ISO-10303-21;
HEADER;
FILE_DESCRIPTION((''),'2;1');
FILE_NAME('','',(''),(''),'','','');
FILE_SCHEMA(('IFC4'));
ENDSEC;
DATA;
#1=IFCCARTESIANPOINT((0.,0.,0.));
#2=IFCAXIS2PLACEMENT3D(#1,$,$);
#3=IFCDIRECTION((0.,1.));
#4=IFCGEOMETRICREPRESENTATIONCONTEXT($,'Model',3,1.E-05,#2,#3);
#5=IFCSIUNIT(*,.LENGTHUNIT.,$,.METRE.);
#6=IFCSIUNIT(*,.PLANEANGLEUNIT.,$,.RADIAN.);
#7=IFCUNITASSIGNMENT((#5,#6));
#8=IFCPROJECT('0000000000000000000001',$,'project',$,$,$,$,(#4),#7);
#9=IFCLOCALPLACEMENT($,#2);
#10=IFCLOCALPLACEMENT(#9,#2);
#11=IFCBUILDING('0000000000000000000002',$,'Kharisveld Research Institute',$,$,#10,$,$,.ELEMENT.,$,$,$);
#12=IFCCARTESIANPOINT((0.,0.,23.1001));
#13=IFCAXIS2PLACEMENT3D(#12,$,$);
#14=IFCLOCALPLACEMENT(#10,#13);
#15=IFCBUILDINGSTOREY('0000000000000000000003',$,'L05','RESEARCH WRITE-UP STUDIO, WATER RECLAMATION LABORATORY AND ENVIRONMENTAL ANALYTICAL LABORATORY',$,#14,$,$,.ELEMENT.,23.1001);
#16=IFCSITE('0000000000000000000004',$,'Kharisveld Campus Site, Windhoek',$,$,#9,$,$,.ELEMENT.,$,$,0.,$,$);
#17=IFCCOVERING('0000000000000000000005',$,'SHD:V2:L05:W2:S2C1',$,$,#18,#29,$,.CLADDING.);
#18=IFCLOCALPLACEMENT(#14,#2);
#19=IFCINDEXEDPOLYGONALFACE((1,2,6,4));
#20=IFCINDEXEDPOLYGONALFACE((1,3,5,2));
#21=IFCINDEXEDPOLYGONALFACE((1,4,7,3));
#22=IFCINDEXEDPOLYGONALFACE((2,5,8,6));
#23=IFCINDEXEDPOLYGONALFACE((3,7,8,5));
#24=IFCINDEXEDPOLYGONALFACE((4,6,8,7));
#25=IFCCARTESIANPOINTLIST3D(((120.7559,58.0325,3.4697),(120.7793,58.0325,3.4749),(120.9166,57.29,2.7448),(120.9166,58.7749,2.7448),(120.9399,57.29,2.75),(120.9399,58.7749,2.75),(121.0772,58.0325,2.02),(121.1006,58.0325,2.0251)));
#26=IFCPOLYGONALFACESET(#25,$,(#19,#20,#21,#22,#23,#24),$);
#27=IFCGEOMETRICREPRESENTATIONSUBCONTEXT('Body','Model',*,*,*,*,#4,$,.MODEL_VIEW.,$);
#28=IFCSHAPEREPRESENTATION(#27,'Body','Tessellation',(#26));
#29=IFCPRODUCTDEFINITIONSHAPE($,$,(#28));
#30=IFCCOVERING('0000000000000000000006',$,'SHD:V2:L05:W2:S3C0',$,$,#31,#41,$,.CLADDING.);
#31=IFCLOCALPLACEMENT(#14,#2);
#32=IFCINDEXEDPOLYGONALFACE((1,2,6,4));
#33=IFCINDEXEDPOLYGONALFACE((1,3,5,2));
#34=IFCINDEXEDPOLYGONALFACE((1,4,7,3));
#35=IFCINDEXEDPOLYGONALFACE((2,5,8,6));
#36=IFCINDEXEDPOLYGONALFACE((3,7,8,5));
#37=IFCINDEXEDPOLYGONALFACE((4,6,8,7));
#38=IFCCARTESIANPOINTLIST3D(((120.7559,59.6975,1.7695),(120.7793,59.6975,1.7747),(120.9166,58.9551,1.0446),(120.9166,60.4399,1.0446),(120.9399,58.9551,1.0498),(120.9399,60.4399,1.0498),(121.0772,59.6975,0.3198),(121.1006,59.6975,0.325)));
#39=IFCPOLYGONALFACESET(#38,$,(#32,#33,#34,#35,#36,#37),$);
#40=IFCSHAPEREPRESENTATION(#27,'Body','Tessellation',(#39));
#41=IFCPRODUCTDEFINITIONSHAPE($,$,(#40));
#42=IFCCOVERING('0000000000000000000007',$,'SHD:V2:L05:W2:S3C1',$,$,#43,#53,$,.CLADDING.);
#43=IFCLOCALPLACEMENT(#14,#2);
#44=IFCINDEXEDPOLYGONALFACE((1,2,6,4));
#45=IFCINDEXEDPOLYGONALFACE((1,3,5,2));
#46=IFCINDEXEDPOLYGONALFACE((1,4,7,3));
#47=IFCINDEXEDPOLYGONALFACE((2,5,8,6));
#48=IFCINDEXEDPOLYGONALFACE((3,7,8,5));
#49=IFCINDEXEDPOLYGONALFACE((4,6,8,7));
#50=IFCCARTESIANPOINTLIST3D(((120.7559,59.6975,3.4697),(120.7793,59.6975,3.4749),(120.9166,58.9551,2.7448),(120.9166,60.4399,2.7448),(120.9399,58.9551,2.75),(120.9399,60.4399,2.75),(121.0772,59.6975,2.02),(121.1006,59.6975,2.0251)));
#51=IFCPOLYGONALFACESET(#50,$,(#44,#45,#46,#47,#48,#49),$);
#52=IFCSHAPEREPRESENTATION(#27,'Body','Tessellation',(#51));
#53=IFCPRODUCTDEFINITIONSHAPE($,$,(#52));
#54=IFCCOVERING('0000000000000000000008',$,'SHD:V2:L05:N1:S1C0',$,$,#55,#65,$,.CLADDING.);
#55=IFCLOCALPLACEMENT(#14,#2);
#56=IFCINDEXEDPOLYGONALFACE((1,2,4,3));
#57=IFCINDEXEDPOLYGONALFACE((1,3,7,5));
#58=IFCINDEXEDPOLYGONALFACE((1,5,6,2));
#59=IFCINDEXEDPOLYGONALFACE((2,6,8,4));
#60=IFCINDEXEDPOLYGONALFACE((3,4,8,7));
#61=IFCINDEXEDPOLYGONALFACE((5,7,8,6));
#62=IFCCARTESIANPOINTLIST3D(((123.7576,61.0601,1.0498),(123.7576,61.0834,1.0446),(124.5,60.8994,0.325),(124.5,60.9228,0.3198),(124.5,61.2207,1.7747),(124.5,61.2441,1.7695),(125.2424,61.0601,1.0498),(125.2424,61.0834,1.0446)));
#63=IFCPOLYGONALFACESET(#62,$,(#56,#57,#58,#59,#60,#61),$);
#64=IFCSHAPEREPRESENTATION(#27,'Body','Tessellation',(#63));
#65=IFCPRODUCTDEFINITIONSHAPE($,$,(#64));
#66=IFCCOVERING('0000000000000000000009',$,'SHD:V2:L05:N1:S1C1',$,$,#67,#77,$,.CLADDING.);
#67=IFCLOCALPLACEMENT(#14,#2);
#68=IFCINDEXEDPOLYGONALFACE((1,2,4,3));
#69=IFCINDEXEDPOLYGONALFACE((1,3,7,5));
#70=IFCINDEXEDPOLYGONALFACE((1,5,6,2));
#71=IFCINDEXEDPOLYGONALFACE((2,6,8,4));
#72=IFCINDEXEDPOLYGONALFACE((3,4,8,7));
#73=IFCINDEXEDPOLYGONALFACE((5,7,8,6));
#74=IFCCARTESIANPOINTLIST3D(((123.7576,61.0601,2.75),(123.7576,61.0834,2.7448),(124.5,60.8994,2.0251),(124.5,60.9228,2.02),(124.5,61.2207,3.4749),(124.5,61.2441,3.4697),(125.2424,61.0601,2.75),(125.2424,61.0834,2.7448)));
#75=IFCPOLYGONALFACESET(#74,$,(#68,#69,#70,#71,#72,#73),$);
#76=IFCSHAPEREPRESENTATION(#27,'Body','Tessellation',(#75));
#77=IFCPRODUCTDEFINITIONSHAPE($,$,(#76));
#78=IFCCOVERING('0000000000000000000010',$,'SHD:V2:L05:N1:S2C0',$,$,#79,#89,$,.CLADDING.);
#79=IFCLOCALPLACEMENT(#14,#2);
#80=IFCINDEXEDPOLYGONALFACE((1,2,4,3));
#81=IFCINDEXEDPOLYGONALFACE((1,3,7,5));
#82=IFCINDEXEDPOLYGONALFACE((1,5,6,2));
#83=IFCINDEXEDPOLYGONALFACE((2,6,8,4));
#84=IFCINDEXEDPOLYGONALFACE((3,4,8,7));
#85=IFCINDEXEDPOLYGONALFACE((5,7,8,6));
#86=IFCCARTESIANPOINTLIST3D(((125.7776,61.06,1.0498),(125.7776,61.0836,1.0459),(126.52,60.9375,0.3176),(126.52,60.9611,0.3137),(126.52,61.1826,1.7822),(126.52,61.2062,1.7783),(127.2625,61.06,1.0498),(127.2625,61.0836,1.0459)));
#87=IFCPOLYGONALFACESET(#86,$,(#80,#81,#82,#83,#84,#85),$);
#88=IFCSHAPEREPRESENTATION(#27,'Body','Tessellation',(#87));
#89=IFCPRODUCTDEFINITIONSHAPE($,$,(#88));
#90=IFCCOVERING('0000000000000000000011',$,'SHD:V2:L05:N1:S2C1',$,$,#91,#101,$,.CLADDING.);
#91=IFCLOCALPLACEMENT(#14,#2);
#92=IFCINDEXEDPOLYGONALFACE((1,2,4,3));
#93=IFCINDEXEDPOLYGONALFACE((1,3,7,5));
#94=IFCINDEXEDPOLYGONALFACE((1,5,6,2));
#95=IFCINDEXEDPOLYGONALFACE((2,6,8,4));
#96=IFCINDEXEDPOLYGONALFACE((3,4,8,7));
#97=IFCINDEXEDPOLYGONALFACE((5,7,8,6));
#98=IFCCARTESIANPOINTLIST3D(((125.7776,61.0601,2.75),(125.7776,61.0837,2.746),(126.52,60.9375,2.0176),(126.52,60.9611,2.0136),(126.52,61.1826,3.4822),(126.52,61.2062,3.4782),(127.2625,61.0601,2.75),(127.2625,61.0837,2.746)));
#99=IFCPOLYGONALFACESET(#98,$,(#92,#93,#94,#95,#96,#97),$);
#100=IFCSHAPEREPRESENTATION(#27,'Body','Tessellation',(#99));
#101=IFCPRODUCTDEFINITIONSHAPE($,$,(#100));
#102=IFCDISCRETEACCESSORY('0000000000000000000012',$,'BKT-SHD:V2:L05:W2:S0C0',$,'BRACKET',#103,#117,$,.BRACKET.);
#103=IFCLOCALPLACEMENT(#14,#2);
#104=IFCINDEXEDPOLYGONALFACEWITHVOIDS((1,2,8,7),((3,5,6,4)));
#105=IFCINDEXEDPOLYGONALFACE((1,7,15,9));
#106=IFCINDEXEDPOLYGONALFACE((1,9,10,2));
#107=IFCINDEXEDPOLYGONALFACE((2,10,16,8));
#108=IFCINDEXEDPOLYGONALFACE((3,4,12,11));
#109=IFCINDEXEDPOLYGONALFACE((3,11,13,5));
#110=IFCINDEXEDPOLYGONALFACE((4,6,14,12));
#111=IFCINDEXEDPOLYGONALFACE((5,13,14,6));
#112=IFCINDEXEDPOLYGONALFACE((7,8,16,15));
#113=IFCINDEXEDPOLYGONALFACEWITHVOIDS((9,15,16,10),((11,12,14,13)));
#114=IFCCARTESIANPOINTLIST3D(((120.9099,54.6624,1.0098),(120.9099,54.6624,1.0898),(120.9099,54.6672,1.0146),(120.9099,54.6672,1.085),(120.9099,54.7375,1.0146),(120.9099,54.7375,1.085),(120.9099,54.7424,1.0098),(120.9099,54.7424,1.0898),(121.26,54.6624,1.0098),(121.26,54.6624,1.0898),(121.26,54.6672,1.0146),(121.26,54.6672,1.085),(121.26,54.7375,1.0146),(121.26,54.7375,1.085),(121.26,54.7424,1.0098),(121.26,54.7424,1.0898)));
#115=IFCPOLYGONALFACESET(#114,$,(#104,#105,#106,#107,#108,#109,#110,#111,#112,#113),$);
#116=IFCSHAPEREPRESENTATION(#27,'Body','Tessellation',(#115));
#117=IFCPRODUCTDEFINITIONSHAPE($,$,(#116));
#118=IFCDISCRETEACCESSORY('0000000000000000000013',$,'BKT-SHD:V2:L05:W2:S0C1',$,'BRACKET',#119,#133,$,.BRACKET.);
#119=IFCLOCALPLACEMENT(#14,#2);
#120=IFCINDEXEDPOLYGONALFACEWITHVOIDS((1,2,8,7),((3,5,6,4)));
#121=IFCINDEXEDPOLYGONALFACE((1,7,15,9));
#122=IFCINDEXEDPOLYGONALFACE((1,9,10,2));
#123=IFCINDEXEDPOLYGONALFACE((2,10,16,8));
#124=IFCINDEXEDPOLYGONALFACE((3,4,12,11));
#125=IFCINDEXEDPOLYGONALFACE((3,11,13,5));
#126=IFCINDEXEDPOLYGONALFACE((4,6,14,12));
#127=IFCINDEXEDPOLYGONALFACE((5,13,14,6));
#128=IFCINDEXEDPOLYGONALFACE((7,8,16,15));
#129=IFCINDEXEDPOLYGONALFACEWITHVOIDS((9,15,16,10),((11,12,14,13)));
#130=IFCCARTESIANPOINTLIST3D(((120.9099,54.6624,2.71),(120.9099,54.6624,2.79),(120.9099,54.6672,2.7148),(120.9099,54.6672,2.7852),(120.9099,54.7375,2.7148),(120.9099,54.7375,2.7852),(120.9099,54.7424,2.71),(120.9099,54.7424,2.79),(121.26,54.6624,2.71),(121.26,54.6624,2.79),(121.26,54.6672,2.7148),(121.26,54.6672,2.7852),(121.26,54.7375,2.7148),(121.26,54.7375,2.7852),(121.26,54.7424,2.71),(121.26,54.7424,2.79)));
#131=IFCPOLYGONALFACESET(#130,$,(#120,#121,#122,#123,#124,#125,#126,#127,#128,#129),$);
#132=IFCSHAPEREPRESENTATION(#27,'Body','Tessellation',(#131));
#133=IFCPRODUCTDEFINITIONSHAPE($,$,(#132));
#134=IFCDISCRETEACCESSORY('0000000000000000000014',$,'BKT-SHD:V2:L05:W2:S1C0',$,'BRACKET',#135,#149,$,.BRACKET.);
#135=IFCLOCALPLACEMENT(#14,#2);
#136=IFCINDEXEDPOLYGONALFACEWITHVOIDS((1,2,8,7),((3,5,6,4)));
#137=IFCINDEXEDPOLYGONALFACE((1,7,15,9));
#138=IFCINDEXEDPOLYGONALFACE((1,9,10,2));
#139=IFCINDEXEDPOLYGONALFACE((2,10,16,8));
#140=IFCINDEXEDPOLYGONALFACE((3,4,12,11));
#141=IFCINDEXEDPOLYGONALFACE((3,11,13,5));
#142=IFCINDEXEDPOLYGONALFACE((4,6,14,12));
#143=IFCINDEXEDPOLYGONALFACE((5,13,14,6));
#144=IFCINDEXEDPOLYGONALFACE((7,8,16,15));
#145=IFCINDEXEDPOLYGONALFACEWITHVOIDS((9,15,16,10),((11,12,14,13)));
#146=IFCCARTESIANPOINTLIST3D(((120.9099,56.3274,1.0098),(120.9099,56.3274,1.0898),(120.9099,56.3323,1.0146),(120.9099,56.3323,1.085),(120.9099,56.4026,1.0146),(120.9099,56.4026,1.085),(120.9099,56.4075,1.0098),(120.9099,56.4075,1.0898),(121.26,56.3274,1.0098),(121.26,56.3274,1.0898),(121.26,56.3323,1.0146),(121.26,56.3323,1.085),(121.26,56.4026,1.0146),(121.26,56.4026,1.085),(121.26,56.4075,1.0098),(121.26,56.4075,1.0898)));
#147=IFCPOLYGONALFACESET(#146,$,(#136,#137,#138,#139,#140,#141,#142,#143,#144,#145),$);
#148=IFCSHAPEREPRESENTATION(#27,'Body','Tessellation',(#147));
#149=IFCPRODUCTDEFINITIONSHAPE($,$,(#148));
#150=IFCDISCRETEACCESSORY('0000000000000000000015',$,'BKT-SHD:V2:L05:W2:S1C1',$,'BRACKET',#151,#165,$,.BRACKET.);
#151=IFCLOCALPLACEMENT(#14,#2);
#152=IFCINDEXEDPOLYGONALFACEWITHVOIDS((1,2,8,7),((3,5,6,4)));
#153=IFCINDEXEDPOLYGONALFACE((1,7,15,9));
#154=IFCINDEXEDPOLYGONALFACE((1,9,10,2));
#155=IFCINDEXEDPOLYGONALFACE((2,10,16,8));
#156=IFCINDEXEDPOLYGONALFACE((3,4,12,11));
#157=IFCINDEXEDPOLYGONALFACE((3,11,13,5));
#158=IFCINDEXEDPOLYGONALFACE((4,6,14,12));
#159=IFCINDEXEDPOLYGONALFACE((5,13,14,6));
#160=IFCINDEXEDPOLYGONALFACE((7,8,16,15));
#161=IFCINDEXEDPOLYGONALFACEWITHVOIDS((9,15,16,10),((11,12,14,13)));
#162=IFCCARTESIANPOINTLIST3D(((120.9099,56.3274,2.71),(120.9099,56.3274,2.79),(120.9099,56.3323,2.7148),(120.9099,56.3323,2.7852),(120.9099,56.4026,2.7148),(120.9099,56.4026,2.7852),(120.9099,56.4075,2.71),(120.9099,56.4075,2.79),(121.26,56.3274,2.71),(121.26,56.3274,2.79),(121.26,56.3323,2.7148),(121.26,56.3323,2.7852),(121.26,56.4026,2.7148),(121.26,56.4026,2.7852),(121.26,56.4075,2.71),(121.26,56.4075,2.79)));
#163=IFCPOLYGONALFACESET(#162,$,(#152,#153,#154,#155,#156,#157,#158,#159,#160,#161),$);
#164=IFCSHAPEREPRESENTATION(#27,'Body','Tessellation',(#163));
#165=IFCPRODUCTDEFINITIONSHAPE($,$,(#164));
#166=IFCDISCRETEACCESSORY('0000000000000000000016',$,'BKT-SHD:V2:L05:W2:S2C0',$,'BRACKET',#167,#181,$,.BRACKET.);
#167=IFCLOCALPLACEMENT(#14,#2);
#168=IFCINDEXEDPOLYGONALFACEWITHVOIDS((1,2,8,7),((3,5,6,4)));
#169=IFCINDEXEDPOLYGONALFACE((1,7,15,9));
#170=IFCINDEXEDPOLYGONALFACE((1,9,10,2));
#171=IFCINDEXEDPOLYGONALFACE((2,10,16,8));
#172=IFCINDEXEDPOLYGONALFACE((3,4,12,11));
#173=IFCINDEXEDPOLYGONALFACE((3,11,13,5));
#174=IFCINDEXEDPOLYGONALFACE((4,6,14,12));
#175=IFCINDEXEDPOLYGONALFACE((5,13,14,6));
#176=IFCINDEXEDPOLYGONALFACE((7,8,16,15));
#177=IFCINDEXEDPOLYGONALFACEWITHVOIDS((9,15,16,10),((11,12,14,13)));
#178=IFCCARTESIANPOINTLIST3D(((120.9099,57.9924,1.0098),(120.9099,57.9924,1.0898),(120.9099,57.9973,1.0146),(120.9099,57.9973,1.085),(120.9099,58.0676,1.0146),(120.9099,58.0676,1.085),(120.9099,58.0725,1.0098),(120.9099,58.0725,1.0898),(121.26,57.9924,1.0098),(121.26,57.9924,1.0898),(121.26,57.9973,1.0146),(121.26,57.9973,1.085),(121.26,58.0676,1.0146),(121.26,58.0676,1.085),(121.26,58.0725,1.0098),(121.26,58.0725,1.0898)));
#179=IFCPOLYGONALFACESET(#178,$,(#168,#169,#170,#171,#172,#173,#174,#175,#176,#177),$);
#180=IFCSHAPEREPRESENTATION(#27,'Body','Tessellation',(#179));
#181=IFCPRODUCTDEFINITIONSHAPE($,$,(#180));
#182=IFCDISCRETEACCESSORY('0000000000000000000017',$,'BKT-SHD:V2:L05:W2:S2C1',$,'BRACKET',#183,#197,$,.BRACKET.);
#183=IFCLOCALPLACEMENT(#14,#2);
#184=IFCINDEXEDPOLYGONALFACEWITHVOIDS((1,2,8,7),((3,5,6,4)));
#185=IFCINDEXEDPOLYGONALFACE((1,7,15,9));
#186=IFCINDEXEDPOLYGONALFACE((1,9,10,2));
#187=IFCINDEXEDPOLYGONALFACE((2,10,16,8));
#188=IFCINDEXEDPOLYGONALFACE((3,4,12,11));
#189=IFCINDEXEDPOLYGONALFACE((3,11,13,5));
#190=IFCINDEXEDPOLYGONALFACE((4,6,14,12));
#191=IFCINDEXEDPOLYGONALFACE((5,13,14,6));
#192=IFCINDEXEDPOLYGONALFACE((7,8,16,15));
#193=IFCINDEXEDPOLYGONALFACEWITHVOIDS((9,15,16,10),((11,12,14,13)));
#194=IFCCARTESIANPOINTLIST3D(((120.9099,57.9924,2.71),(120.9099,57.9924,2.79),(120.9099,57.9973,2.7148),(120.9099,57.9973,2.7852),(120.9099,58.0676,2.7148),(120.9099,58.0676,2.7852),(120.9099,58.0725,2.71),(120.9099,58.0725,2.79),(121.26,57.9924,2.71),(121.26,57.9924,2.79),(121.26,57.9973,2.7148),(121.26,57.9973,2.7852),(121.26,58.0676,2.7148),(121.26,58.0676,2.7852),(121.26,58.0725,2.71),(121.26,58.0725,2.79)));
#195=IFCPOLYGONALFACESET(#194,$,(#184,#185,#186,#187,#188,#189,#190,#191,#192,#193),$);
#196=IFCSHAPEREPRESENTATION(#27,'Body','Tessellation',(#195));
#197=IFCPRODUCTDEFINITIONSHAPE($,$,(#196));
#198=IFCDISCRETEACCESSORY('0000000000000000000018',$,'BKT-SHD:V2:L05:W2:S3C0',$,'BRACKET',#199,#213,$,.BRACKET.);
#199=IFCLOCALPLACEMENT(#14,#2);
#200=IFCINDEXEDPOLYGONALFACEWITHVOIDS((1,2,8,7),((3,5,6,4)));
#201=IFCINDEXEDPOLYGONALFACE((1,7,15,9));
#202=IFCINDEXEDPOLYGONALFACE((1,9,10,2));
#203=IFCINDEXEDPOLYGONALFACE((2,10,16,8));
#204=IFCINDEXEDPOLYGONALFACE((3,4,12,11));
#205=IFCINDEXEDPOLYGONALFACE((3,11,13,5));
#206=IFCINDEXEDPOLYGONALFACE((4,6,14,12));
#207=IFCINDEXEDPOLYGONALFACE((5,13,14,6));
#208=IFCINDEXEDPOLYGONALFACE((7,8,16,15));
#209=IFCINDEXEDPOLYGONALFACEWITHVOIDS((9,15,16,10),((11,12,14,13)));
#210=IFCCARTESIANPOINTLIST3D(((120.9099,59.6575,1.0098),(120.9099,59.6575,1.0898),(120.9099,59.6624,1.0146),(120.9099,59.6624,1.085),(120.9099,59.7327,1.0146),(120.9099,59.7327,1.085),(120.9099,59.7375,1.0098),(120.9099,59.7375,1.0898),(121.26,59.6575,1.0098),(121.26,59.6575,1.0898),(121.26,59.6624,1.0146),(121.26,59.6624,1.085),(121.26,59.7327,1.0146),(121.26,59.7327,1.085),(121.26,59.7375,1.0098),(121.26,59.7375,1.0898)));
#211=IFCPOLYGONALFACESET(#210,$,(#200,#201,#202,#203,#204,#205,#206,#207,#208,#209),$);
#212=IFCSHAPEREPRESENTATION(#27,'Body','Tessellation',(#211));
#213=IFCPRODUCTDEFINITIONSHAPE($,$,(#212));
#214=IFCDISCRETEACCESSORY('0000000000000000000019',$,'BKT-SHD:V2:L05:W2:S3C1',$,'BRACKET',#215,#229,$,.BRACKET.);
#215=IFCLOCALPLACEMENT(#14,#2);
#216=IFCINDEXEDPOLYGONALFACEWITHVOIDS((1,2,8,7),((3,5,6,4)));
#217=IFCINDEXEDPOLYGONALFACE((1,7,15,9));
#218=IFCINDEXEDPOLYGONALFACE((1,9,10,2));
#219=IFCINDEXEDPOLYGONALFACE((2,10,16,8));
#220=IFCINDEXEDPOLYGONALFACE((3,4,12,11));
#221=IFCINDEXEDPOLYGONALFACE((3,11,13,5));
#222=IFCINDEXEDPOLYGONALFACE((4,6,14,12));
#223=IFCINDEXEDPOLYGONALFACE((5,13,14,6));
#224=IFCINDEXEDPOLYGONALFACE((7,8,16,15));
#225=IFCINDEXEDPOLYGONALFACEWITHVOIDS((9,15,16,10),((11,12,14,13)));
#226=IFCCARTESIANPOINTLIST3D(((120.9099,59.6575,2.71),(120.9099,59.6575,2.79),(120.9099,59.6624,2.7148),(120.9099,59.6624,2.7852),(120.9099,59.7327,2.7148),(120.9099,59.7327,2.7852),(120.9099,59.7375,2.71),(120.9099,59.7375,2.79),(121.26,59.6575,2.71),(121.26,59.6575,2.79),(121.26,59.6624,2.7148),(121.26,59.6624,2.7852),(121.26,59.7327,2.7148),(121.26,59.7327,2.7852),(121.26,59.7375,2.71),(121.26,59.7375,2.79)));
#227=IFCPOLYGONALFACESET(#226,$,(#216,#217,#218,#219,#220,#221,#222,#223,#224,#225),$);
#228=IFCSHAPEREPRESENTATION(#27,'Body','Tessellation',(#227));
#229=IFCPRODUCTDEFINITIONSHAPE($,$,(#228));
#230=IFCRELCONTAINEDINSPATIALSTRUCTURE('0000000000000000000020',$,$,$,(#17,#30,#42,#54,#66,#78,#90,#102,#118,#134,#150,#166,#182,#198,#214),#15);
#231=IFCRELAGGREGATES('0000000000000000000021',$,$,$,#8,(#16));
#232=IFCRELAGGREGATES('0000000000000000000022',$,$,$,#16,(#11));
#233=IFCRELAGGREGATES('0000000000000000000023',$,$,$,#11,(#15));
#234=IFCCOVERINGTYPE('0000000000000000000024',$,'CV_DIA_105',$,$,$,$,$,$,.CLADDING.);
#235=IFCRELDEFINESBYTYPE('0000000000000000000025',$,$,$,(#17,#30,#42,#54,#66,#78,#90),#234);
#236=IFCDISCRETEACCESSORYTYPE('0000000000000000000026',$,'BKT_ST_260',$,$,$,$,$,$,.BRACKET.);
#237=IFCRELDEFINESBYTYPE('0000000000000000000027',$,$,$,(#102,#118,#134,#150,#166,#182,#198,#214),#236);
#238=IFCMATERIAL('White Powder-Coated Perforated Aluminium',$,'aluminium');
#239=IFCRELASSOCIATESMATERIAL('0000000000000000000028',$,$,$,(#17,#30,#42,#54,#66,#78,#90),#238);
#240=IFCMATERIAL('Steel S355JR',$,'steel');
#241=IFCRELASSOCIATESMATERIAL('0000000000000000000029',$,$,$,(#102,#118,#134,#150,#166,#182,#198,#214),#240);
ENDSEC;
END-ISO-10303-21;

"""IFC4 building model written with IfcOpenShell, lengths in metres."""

from ifc_helpers import new_model, si_unit, direction, frame, origin, origin_2d, place, context, subcontext, project, spatial, polyline, hollow_rectangle, outline, extrude, material, type_object, element, save


model = new_model("IFC4")

# Units and contexts
model_context = context("Model", 3, precision=1e-05, world=origin(), true_north=direction((0.0, 1.0)))
body_context = subcontext(model_context, "Body", "Model", "MODEL_VIEW")
ifc_project = project(units=[si_unit("LENGTHUNIT", "METRE"), si_unit("PLANEANGLEUNIT", "RADIAN")], contexts=[model_context])

# Site, building, storey
site_placement = place(None, origin())
site = spatial("IfcSite", under=ifc_project, at=site_placement, Name="Kharisveld Campus Site, Windhoek", CompositionType="ELEMENT", RefElevation=0.0)
building_placement = place(site_placement, origin())
building = spatial("IfcBuilding", under=site, at=building_placement, Name="Kharisveld Research Institute", CompositionType="ELEMENT")
storey_placement = place(building_placement, frame((0.0, 0.0, 23.1001)))
storey = spatial("IfcBuildingStorey", under=building, at=storey_placement, Name="L05", Description="RESEARCH WRITE-UP STUDIO, WATER RECLAMATION LABORATORY AND ENVIRONMENTAL ANALYTICAL LABORATORY", CompositionType="ELEMENT", Elevation=23.1001)

# Coverings
ifc_material_1 = material(Name="White Powder-Coated Perforated Aluminium", Category="aluminium")
covering_type = type_object("IfcCoveringType", Name="CV_DIA_105", PredefinedType="CLADDING")
for number, where, z_axis, x_axis, name in (
    (1, (121.1006, 58.0325, 2.0251), (0.976311, 0.0, 0.216373), (-0.153, 0.707102, 0.69036), "SHD:V2:L05:W2:S2C1"),
    (2, (121.1006, 59.6975, 0.325), (0.976311, 0.0, 0.216373), (-0.153, 0.707102, 0.69036), "SHD:V2:L05:W2:S3C0"),
    (3, (121.1006, 59.6975, 2.0251), (0.976311, 0.0, 0.216373), (-0.153, 0.707102, 0.69036), "SHD:V2:L05:W2:S3C1"),
    (4, (124.5, 60.8994, 0.325), (0.0, -0.976311, 0.216373), (0.707102, 0.153, 0.69036), "SHD:V2:L05:N1:S1C0"),
    (5, (124.5, 60.8994, 2.0251), (0.0, -0.976311, 0.216373), (0.707102, 0.153, 0.69036), "SHD:V2:L05:N1:S1C1"),
):
    element("IfcCovering", number, at=place(storey_placement, frame(where, z_axis=z_axis, x_axis=x_axis)), inside=storey, type_object=covering_type, material=ifc_material_1, Name=name, PredefinedType="CLADDING", context=body_context, shape_type="SweptSolid", body=[
        extrude(outline(polyline([(0.0, 0.0), (1.05, 0.0), (1.05, 1.05), (0.0, 1.05), (0.0, 0.0)])), origin(), (0.0, 0.0, -1.0), 0.0239),
    ])
covering_1_placement = place(storey_placement, frame((126.52, 60.9375, 0.3176), z_axis=(0.0, -0.986283, 0.165065), x_axis=(0.707139, 0.116714, 0.697376)))
element("IfcCovering", 6, at=covering_1_placement, inside=storey, type_object=covering_type, material=ifc_material_1, Name="SHD:V2:L05:N1:S2C0", PredefinedType="CLADDING", context=body_context, shape_type="SweptSolid", body=[
    extrude(outline(polyline([(0.0, 0.0), (1.0499, 0.0), (1.05, 1.0501), (-0.0001, 1.0499), (0.0, 0.0)])), origin(), (0.0, 0.0, -1.0), 0.0239),
])
covering_2_placement = place(storey_placement, frame((126.52, 60.9375, 2.0176), z_axis=(0.0, -0.986283, 0.165065), x_axis=(0.707024, 0.116733, 0.697489)))
element("IfcCovering", 7, at=covering_2_placement, inside=storey, type_object=covering_type, material=ifc_material_1, Name="SHD:V2:L05:N1:S2C1", PredefinedType="CLADDING", context=body_context, shape_type="SweptSolid", body=[
    extrude(outline(polyline([(0.0, 0.0), (1.0501, 0.0), (1.0502, 1.0499), (0.0002, 1.0501), (0.0, 0.0)])), origin(), (0.0, 0.0, -1.0), 0.0239),
])

# Discrete accessories
ifc_material_2 = material(Name="Steel S355JR", Category="steel")
discrete_accessory_type = type_object("IfcDiscreteAccessoryType", Name="BKT_ST_260", PredefinedType="BRACKET")
for number, where, z_axis, x_axis, name in (
    (8, (121.26, 54.7024, 1.0498), (-1.0, 0.0, 0.0), (0.0, -1.0, 0.0), "BKT-SHD:V2:L05:W2:S0C0"),
    (9, (121.26, 54.7024, 2.75), (-1.0, 0.0, 0.0), (0.0, -1.0, 0.0), "BKT-SHD:V2:L05:W2:S0C1"),
    (10, (121.26, 56.3674, 1.0498), (-1.0, 0.0, 0.0), (0.0, -1.0, 0.0), "BKT-SHD:V2:L05:W2:S1C0"),
    (11, (121.26, 56.3674, 2.75), (-1.0, 0.0, 0.0), (0.0, -1.0, 0.0), "BKT-SHD:V2:L05:W2:S1C1"),
    (12, (121.26, 58.0325, 1.0498), (-1.0, 0.0, 0.0), (0.0, -1.0, 0.0), "BKT-SHD:V2:L05:W2:S2C0"),
    (13, (121.26, 58.0325, 2.75), (-1.0, 0.0, 0.0), (0.0, -1.0, 0.0), "BKT-SHD:V2:L05:W2:S2C1"),
    (14, (121.26, 59.6975, 1.0498), (-1.0, 0.0, 0.0), (0.0, -1.0, 0.0), "BKT-SHD:V2:L05:W2:S3C0"),
    (15, (121.26, 59.6975, 2.75), (-1.0, 0.0, 0.0), (0.0, -1.0, 0.0), "BKT-SHD:V2:L05:W2:S3C1"),
):
    element("IfcDiscreteAccessory", number, at=place(storey_placement, frame(where, z_axis=z_axis, x_axis=x_axis)), inside=storey, type_object=discrete_accessory_type, material=ifc_material_2, Name=name, ObjectType="BRACKET", PredefinedType="BRACKET", context=body_context, shape_type="SweptSolid", body=[
        extrude(hollow_rectangle(XDim=0.0801, YDim=0.0801, WallThickness=0.0049, at=origin_2d()), origin(), (0.0, 0.0, 1.0), 0.3501),
    ])

save(model, "model.ifc")
